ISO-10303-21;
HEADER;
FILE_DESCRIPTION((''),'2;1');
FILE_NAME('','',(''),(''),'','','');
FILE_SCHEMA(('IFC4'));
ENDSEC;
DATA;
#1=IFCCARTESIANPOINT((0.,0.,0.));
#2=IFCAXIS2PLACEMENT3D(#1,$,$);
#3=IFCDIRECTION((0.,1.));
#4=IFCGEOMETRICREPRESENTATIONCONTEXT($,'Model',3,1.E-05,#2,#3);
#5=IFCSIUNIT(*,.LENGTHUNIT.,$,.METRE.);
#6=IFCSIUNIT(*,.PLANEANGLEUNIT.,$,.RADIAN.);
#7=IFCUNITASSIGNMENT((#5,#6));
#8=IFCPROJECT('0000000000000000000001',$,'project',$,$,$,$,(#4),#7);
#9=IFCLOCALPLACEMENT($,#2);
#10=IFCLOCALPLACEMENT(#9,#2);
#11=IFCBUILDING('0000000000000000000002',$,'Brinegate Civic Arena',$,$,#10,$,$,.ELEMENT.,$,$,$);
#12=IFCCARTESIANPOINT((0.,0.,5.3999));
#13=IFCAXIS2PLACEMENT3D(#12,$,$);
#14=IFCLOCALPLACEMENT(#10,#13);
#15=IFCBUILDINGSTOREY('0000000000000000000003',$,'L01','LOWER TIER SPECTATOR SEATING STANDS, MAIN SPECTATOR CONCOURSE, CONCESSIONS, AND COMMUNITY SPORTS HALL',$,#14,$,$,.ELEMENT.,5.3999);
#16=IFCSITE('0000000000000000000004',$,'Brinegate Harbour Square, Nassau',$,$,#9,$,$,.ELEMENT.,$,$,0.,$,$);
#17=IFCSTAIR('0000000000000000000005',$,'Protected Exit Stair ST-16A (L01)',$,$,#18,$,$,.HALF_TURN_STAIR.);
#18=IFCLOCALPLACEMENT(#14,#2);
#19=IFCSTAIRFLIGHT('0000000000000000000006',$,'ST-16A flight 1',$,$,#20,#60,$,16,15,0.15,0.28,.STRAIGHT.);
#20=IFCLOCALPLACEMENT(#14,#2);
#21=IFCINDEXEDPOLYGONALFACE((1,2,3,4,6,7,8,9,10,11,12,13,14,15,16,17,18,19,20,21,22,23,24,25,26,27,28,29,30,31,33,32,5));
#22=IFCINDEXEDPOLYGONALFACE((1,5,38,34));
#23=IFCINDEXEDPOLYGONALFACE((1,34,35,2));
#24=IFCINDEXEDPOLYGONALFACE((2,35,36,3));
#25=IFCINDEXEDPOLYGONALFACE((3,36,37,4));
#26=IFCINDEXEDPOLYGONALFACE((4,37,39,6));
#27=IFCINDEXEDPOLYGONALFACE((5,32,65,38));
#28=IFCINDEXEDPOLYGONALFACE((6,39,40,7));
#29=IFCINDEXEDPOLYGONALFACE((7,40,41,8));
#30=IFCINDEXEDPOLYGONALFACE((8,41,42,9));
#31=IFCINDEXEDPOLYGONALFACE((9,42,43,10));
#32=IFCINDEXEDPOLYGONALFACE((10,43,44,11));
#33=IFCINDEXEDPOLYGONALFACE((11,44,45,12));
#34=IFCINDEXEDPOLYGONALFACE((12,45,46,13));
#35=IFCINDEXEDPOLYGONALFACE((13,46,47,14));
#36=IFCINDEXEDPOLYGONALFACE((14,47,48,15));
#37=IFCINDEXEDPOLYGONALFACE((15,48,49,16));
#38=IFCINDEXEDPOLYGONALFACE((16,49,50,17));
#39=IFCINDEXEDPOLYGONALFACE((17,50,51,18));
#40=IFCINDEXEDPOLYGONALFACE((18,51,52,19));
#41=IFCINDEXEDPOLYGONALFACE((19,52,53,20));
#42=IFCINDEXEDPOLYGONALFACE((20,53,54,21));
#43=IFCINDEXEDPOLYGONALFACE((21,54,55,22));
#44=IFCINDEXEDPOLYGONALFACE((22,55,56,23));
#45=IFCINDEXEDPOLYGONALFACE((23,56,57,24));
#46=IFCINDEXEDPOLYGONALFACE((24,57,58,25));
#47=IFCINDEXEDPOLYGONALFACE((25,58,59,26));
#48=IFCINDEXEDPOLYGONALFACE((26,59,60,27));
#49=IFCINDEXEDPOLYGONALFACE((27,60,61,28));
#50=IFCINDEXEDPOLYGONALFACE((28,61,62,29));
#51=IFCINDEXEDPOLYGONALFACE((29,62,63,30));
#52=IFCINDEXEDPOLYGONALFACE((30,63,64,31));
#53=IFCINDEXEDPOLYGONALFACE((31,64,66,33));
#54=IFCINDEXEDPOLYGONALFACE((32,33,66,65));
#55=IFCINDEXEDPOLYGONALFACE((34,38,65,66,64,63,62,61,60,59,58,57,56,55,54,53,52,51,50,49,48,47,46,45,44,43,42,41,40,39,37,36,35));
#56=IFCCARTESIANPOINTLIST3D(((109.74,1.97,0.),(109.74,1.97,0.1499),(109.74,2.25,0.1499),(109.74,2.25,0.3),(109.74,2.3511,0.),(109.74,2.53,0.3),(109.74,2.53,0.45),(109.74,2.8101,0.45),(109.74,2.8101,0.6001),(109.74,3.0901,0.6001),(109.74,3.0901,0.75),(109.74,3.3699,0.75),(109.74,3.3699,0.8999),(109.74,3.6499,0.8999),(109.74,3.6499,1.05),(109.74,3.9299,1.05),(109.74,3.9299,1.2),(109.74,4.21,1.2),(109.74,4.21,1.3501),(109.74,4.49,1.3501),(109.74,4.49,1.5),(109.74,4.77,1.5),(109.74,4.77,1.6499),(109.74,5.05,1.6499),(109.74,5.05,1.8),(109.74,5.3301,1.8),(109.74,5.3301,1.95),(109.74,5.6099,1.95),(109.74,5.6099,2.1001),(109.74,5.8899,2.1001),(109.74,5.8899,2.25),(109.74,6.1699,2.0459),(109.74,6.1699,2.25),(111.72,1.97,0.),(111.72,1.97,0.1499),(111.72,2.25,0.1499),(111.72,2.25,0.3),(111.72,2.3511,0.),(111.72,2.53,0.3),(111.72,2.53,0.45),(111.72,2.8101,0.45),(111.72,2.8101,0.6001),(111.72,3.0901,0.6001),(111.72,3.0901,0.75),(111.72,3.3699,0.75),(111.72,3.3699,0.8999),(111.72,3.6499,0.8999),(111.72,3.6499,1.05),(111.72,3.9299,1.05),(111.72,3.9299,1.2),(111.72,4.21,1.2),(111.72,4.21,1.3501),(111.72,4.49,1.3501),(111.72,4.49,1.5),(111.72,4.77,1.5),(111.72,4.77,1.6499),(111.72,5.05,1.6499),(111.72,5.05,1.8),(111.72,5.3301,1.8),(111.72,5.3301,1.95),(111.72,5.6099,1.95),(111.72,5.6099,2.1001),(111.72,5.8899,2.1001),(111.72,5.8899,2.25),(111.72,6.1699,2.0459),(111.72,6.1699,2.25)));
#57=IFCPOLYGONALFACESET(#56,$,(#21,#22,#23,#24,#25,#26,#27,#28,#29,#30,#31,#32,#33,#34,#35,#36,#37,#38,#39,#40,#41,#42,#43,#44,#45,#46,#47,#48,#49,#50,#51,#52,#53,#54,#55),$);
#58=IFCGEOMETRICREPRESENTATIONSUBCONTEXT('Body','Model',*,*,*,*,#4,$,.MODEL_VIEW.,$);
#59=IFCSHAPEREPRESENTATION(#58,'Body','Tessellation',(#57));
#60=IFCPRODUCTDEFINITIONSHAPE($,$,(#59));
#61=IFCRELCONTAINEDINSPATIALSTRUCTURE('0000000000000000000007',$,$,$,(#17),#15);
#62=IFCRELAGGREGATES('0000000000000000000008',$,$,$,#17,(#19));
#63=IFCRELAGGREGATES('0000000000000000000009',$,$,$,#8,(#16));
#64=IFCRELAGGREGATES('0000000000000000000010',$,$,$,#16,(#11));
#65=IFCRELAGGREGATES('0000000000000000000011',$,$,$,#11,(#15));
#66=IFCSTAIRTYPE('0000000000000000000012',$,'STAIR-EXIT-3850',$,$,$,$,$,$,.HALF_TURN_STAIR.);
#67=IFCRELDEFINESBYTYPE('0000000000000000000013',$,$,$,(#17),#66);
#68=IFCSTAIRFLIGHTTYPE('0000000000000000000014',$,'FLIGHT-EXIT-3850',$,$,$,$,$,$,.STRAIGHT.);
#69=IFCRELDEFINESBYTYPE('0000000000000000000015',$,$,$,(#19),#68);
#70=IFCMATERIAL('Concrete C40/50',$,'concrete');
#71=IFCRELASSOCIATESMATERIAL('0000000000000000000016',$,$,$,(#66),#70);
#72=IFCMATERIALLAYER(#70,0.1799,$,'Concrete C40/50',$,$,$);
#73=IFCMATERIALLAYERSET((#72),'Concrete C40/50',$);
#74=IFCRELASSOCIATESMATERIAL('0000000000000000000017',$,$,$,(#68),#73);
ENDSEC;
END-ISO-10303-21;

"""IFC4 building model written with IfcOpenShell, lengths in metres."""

from ifc_helpers import new_model, si_unit, direction, frame, origin, place, context, subcontext, project, spatial, polyline, outline, extrude, material, layer, layer_set, type_object, element, aggregate, save


model = new_model("IFC4")

# Units and contexts
model_context = context("Model", 3, precision=1e-05, world=origin(), true_north=direction((0.0, 1.0)))
body_context = subcontext(model_context, "Body", "Model", "MODEL_VIEW")
ifc_project = project(units=[si_unit("LENGTHUNIT", "METRE"), si_unit("PLANEANGLEUNIT", "RADIAN")], contexts=[model_context])

# Site, building, storey
site_placement = place(None, origin())
site = spatial("IfcSite", under=ifc_project, at=site_placement, Name="Brinegate Harbour Square, Nassau", CompositionType="ELEMENT", RefElevation=0.0)
building_placement = place(site_placement, origin())
building = spatial("IfcBuilding", under=site, at=building_placement, Name="Brinegate Civic Arena", CompositionType="ELEMENT")
storey_placement = place(building_placement, frame((0.0, 0.0, 5.3999)))
storey = spatial("IfcBuildingStorey", under=building, at=storey_placement, Name="L01", Description="LOWER TIER SPECTATOR SEATING STANDS, MAIN SPECTATOR CONCOURSE, CONCESSIONS, AND COMMUNITY SPORTS HALL", CompositionType="ELEMENT", Elevation=5.3999)

# Stair, stair flight
ifc_material_1 = material(Name="Concrete C40/50", Category="concrete")
stair_type_1 = type_object("IfcStairType", Name="STAIR-EXIT-3850", PredefinedType="HALF_TURN_STAIR", material=ifc_material_1)
ifc_layer_1 = layer(ifc_material_1, 0.1799, Name="Concrete C40/50")
ifc_layer_set_1 = layer_set([ifc_layer_1], Name="Concrete C40/50")
stair_flight_type_1 = type_object("IfcStairFlightType", Name="FLIGHT-EXIT-3850", PredefinedType="STRAIGHT", material=ifc_layer_set_1)
stair_1_placement = place(storey_placement, origin())
stair_1 = element("IfcStair", 1, at=stair_1_placement, inside=storey, type_object=stair_type_1, Name="Protected Exit Stair ST-16A (L01)", PredefinedType="HALF_TURN_STAIR")
stair_flight_1_placement = place(storey_placement, frame((110.73, 1.97, 0.0), z_axis=(0.0, 0.0, 1.0), x_axis=(0.0, 1.0, 0.0)))
stair_flight_1 = element("IfcStairFlight", 2, at=stair_flight_1_placement, type_object=stair_flight_type_1, Name="ST-16A flight 1", NumberOfRisers=16, NumberOfTreads=15, PredefinedType="STRAIGHT", RiserHeight=0.15, TreadLength=0.28, context=body_context, shape_type="SweptSolid", body=[
    extrude(outline(polyline([(0.0, 0.0), (0.0, 0.1499), (0.28, 0.1499), (0.28, 0.3), (0.5601, 0.3), (0.5601, 0.45), (0.8401, 0.45), (0.8401, 0.6001), (1.1201, 0.6001), (1.1201, 0.75), (1.3999, 0.75), (1.3999, 0.8999), (1.6799, 0.8999), (1.6799, 1.05), (1.96, 1.05), (1.96, 1.2), (2.24, 1.2), (2.24, 1.3501), (2.52, 1.3501), (2.52, 1.5), (2.8, 1.5), (2.8, 1.6499), (3.0801, 1.6499), (3.0801, 1.8), (3.3601, 1.8), (3.3601, 1.95), (3.6399, 1.95), (3.6399, 2.1001), (3.9199, 2.1001), (3.9199, 2.25), (4.2, 2.25), (4.2, 2.3999), (4.2, 2.0459), (0.3811, 0.0), (0.0, 0.0)])), frame((0.0, 0.99, 0.0), z_axis=(0.0, -1.0, 0.0), x_axis=(1.0, 0.0, 0.0)), (0.0, 0.0, 1.0), 1.98),
])
aggregate(stair_1, [stair_flight_1])

save(model, "model.ifc")
